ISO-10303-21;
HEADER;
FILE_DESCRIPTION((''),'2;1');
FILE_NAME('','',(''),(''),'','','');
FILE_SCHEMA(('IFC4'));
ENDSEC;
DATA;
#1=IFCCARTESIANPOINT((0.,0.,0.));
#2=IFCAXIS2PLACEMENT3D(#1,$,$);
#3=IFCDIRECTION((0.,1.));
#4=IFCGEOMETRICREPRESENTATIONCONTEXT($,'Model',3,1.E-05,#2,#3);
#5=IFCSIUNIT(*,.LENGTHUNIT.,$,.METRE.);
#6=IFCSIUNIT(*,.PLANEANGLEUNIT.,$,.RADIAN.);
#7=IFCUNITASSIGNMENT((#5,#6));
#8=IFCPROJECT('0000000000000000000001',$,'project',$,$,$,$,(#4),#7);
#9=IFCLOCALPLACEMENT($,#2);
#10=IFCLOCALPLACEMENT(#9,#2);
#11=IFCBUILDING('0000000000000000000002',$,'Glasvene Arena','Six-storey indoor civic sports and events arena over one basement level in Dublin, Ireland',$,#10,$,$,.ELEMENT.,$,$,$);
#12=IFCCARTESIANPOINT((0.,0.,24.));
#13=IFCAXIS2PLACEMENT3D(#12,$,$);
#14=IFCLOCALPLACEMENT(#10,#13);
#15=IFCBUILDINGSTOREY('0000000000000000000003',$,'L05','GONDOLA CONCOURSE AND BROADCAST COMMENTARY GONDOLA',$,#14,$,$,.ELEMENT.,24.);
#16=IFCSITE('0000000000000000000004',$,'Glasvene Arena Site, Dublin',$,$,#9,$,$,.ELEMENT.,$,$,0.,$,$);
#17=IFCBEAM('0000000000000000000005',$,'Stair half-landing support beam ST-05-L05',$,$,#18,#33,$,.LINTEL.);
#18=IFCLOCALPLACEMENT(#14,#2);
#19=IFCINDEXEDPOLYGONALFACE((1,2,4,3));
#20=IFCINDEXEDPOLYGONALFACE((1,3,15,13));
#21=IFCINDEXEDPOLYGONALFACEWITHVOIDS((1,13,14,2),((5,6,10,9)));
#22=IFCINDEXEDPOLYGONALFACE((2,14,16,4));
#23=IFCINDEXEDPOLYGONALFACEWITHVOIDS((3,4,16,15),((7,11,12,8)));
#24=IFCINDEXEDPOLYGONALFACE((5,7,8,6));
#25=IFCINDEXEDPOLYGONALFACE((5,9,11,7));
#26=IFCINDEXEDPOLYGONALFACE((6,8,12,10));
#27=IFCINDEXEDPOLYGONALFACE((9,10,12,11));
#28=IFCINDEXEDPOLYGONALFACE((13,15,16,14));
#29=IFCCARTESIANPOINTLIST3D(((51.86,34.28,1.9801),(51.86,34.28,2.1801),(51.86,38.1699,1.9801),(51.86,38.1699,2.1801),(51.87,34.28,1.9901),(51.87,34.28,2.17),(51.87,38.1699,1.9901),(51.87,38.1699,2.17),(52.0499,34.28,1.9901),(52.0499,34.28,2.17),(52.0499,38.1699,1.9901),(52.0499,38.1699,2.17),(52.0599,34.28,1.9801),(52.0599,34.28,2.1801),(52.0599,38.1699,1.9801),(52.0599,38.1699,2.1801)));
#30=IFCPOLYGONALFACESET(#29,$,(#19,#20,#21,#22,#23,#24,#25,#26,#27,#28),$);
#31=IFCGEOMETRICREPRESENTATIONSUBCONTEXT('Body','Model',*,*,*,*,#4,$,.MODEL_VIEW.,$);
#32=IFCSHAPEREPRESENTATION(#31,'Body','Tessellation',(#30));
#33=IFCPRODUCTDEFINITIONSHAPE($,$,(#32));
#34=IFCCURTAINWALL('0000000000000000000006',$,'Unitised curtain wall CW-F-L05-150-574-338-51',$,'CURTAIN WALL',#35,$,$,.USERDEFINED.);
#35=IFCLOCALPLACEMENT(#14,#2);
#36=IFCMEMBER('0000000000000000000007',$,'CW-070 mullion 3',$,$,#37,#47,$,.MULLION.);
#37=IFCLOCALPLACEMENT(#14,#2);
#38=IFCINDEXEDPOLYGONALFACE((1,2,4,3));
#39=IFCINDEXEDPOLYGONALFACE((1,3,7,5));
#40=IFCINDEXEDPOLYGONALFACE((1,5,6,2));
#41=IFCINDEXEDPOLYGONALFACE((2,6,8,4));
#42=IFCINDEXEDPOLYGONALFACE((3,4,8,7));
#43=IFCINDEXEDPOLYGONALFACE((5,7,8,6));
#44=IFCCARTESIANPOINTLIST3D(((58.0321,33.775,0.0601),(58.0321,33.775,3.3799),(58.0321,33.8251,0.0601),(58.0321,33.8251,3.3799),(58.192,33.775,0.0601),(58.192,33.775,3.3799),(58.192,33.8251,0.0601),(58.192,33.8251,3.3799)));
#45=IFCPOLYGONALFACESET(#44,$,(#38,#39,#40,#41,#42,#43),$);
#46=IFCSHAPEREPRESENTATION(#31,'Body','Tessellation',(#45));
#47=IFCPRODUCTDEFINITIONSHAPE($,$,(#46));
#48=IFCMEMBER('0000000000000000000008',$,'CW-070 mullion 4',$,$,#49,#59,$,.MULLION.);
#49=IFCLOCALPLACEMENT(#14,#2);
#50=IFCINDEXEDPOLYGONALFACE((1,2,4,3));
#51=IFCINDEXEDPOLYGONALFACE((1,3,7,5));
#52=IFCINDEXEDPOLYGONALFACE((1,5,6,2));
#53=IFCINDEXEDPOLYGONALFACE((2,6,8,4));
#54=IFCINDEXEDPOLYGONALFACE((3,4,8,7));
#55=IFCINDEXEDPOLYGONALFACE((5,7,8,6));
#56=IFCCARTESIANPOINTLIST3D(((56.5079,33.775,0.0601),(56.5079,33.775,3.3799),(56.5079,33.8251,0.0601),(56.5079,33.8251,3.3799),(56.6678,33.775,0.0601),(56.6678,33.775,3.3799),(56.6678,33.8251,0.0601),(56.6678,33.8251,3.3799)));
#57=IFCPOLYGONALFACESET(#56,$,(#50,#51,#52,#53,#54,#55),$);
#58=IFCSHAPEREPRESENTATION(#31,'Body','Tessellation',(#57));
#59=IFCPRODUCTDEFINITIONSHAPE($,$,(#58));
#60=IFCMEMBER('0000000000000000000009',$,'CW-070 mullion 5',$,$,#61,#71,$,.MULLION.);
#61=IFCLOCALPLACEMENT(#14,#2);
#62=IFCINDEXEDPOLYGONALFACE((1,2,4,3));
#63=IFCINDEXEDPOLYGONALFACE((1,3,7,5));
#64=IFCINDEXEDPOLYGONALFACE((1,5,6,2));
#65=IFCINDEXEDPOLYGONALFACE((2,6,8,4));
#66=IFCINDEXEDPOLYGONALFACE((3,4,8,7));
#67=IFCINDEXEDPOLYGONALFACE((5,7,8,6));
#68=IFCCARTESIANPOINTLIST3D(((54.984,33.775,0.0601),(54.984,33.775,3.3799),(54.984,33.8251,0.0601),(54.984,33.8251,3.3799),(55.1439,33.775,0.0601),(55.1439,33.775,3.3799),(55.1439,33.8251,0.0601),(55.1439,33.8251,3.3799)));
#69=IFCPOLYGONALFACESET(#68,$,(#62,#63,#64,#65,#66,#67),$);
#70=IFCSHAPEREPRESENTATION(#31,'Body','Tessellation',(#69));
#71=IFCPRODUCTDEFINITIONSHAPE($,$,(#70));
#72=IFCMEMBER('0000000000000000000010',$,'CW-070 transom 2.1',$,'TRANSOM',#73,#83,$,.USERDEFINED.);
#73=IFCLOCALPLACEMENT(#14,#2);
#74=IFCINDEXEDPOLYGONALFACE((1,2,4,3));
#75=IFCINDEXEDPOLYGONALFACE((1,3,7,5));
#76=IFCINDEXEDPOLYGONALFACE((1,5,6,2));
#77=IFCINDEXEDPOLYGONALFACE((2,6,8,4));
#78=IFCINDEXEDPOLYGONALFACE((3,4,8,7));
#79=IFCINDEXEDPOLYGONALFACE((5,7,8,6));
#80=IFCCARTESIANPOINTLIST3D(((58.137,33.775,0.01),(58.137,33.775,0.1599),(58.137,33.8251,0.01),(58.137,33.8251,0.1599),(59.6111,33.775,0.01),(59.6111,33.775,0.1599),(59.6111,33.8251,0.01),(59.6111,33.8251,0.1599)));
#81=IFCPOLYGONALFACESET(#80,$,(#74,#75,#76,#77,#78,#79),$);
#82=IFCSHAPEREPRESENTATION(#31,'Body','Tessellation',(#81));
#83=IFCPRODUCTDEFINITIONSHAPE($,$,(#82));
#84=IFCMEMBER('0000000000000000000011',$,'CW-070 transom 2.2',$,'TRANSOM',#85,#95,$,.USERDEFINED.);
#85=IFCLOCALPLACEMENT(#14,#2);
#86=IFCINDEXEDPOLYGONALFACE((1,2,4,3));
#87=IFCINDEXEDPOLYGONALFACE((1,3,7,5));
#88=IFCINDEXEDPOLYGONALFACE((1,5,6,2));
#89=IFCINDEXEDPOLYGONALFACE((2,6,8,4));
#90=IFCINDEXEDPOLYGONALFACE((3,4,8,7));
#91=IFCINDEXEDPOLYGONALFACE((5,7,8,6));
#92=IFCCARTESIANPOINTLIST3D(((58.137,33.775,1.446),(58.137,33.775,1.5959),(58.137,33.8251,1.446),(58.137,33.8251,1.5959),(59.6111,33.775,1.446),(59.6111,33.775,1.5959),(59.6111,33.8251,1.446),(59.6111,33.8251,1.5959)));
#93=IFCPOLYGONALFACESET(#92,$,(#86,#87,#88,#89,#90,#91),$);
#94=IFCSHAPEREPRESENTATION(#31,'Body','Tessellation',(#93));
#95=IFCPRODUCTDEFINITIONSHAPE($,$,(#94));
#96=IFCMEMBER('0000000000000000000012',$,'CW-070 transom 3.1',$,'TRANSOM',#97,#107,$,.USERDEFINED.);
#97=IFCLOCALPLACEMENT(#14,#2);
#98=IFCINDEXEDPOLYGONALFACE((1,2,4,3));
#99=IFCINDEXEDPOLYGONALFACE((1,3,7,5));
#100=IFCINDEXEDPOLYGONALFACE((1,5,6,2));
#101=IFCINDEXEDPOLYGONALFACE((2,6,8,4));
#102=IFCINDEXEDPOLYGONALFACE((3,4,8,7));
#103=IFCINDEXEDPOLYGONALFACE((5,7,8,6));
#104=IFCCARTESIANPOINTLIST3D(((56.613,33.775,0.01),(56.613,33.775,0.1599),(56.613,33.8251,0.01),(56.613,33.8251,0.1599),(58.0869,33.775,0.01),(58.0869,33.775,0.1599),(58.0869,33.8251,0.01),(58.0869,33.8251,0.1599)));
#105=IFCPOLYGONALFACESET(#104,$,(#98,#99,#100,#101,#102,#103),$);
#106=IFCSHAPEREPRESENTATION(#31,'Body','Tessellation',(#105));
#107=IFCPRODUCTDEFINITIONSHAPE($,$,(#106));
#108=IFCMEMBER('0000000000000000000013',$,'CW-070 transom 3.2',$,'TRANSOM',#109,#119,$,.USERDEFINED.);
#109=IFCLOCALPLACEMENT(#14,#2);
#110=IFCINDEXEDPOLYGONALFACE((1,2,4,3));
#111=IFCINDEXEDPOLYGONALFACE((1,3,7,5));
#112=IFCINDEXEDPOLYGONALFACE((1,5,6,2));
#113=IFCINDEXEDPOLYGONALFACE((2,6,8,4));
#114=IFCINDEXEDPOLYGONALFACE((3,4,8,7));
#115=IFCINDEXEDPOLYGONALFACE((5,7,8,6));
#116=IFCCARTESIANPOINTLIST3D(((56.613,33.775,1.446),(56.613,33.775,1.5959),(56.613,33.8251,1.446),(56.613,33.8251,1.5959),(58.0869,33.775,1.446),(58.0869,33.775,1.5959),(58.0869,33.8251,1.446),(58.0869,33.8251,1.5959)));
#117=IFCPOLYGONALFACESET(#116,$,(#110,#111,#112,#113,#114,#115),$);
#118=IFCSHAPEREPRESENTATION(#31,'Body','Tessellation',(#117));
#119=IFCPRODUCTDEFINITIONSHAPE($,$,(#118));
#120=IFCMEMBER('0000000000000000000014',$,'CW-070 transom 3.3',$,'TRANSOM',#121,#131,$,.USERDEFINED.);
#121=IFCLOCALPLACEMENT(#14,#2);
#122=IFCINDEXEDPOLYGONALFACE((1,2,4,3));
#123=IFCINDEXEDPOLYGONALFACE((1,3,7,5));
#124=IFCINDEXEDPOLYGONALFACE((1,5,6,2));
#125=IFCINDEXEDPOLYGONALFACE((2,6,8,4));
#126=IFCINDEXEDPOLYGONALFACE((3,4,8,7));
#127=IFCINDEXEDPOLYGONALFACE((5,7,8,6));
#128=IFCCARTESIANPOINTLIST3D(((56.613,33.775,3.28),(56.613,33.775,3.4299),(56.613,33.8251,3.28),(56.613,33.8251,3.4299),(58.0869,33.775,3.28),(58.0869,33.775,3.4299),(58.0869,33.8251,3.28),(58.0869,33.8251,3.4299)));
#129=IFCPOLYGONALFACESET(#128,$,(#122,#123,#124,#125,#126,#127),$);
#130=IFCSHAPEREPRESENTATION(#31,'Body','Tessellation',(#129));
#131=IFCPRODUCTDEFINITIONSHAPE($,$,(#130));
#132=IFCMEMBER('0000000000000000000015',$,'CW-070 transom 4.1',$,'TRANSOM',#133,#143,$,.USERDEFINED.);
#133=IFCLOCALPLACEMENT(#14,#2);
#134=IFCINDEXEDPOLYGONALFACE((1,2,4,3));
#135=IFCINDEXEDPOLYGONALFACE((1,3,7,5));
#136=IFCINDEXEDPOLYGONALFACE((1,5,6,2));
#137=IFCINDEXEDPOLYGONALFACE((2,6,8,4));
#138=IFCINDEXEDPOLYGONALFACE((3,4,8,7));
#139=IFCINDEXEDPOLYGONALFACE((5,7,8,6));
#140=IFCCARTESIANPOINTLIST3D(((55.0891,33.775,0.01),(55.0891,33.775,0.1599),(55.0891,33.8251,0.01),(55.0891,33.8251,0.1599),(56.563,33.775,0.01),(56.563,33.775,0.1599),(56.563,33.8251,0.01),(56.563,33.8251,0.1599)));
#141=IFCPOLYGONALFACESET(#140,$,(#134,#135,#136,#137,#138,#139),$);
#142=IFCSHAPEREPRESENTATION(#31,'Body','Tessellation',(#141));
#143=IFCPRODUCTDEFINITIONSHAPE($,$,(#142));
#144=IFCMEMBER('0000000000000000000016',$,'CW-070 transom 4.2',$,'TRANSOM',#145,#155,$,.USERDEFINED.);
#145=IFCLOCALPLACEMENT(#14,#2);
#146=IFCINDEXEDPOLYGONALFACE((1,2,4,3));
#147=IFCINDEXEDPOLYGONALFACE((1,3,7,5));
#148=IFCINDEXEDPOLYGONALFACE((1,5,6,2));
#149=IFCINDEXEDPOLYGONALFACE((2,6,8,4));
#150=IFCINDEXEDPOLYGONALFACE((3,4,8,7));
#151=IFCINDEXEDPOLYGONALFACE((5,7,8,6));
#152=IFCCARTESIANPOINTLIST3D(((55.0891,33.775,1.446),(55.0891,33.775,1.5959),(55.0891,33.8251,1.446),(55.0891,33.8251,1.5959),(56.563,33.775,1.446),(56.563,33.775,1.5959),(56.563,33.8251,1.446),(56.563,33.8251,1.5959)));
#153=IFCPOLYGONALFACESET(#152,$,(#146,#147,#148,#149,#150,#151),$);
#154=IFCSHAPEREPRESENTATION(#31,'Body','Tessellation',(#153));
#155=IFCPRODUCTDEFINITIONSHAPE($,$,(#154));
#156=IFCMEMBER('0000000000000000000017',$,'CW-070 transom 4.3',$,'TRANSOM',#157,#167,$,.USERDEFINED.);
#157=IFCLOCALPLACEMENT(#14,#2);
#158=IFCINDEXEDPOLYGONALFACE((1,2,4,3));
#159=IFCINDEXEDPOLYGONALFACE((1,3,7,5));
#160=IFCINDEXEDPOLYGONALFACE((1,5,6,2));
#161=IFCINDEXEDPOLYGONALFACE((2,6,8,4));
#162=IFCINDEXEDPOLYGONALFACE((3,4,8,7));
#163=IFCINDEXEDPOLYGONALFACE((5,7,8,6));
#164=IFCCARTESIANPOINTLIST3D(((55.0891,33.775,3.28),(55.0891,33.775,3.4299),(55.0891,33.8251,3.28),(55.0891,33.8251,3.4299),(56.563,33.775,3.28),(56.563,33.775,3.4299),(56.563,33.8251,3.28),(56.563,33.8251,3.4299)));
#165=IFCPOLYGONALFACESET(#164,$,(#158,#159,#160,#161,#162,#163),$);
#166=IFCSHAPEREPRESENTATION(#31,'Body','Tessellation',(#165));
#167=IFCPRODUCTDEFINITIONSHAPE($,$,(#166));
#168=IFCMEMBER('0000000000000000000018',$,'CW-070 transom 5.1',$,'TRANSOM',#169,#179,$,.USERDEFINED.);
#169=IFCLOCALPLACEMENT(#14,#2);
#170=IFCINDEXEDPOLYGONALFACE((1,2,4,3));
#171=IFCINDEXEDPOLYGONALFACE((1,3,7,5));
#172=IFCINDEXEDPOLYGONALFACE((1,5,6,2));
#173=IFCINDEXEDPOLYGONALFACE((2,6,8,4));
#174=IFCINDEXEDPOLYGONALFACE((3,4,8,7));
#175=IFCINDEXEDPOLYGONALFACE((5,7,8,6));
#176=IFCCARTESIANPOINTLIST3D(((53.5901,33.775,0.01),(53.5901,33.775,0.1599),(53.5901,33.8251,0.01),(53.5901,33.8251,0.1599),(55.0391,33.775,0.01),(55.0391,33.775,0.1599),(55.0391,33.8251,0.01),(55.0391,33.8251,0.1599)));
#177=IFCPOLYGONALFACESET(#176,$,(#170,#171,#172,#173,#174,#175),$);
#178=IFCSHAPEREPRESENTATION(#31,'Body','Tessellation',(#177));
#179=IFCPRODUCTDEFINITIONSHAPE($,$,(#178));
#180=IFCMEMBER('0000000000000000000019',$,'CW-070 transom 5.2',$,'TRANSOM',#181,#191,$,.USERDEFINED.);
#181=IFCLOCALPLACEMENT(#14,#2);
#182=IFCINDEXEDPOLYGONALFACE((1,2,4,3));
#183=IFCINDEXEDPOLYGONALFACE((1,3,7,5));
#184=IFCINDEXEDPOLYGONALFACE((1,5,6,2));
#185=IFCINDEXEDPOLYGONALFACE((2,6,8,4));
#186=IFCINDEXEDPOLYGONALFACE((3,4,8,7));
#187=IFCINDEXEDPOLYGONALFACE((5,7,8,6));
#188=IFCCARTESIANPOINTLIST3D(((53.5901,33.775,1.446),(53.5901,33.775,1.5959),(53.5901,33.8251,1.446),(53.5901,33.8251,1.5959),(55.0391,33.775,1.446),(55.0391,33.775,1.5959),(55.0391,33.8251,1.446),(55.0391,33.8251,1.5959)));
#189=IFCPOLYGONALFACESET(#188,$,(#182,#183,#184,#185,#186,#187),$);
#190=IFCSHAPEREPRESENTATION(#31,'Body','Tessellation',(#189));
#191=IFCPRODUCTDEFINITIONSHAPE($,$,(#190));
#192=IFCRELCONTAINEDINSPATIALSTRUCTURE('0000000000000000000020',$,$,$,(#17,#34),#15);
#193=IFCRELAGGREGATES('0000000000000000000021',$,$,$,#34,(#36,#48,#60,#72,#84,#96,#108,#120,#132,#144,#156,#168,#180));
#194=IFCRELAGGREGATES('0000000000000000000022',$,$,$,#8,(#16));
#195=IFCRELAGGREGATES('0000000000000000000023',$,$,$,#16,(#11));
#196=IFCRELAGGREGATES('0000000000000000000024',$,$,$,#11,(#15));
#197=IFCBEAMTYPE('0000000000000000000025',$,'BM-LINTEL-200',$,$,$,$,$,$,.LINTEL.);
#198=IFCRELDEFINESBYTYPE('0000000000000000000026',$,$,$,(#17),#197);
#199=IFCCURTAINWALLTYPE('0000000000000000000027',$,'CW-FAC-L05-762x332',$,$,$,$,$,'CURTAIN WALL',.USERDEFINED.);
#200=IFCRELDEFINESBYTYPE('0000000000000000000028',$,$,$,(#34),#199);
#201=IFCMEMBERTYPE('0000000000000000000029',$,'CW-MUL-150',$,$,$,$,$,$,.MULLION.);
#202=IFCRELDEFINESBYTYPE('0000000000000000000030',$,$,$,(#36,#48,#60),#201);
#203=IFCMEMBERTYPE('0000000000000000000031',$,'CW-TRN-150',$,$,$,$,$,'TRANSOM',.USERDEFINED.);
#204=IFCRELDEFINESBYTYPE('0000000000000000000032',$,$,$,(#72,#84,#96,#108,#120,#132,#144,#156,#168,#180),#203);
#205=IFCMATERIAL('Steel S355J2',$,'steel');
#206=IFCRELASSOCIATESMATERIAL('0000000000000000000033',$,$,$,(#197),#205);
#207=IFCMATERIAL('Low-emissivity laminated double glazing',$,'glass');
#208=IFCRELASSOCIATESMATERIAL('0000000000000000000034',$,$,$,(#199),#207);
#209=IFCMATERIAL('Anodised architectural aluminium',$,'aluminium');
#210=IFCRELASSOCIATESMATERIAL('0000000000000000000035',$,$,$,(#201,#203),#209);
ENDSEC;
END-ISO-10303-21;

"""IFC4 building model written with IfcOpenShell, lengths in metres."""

from ifc_helpers import new_model, si_unit, direction, frame, origin, origin_2d, place, context, subcontext, project, spatial, rectangle, hollow_rectangle, extrude, material, material_profile, profile_set, type_object, element, aggregate, save


model = new_model("IFC4")

# Units and contexts
model_context = context("Model", 3, precision=1e-05, world=origin(), true_north=direction((0.0, 1.0)))
body_context = subcontext(model_context, "Body", "Model", "MODEL_VIEW")
ifc_project = project(units=[si_unit("LENGTHUNIT", "METRE"), si_unit("PLANEANGLEUNIT", "RADIAN")], contexts=[model_context])

# Site, building, storey
site_placement = place(None, origin())
site = spatial("IfcSite", under=ifc_project, at=site_placement, Name="Glasvene Arena Site, Dublin", CompositionType="ELEMENT", RefElevation=0.0)
building_placement = place(site_placement, origin())
building = spatial("IfcBuilding", under=site, at=building_placement, Name="Glasvene Arena", Description="Six-storey indoor civic sports and events arena over one basement level in Dublin, Ireland", CompositionType="ELEMENT")
storey_placement = place(building_placement, frame((0.0, 0.0, 24.0)))
storey = spatial("IfcBuildingStorey", under=building, at=storey_placement, Name="L05", Description="GONDOLA CONCOURSE AND BROADCAST COMMENTARY GONDOLA", CompositionType="ELEMENT", Elevation=24.0)

# Beam
ifc_material_1 = material(Name="Steel S355J2", Category="steel")
ifc_material_profile_1 = material_profile(ifc_material_1, hollow_rectangle(XDim=0.2, YDim=0.2, WallThickness=0.01, at=origin_2d()), Name="SHS 200x200x10.0")
ifc_profile_set_1 = profile_set([ifc_material_profile_1], Name="Steel S355J2")
beam_type = type_object("IfcBeamType", Name="BM-LINTEL-200", PredefinedType="LINTEL", material=ifc_profile_set_1)
beam_placement = place(storey_placement, frame((51.96, 34.28, 2.0801), z_axis=(0.0, 1.0, 0.0), x_axis=(-1.0, 0.0, 0.0)))
element("IfcBeam", 1, at=beam_placement, inside=storey, type_object=beam_type, Name="Stair half-landing support beam ST-05-L05", PredefinedType="LINTEL", context=body_context, shape_type="SweptSolid", body=[
    extrude(hollow_rectangle(XDim=0.2, YDim=0.2, WallThickness=0.01, at=origin_2d()), origin(), (0.0, 0.0, 1.0), 3.8899),
])

# Curtain wall, members
ifc_material_2 = material(Name="Low-emissivity laminated double glazing", Category="glass")
curtain_wall_type = type_object("IfcCurtainWallType", Name="CW-FAC-L05-762x332", ElementType="CURTAIN WALL", PredefinedType="USERDEFINED", material=ifc_material_2)
curtain_wall_placement = place(storey_placement, frame((61.1599, 33.8, 0.0)))
curtain_wall = element("IfcCurtainWall", 2, at=curtain_wall_placement, inside=storey, type_object=curtain_wall_type, Name="Unitised curtain wall CW-F-L05-150-574-338-51", ObjectType="CURTAIN WALL", PredefinedType="USERDEFINED")
ifc_material_3 = material(Name="Anodised architectural aluminium", Category="aluminium")
ifc_material_profile_2 = material_profile(ifc_material_3, rectangle(XDim=0.05, YDim=0.1599, at=origin_2d()), Name="ALU MULLION 50x160")
ifc_profile_set_2 = profile_set([ifc_material_profile_2], Name="Anodised architectural aluminium")
member_type_1 = type_object("IfcMemberType", Name="CW-MUL-150", PredefinedType="MULLION", material=ifc_profile_set_2)
member_1_placement = place(storey_placement, frame((58.1121, 33.8, 0.0601), z_axis=(0.0, 0.0, 1.0), x_axis=(0.0, -1.0, 0.0)))
member_1 = element("IfcMember", 3, at=member_1_placement, type_object=member_type_1, Name="CW-070 mullion 3", PredefinedType="MULLION", context=body_context, shape_type="SweptSolid", body=[
    extrude(rectangle(XDim=0.05, YDim=0.1599, at=origin_2d()), origin(), (0.0, 0.0, 1.0), 3.3198),
])
member_2_placement = place(storey_placement, frame((56.5879, 33.8, 0.0601), z_axis=(0.0, 0.0, 1.0), x_axis=(0.0, -1.0, 0.0)))
member_2 = element("IfcMember", 4, at=member_2_placement, type_object=member_type_1, Name="CW-070 mullion 4", PredefinedType="MULLION", context=body_context, shape_type="SweptSolid", body=[
    extrude(rectangle(XDim=0.05, YDim=0.1599, at=origin_2d()), origin(), (0.0, 0.0, 1.0), 3.3198),
])
member_3_placement = place(storey_placement, frame((55.064, 33.8, 0.0601), z_axis=(0.0, 0.0, 1.0), x_axis=(0.0, -1.0, 0.0)))
member_3 = element("IfcMember", 5, at=member_3_placement, type_object=member_type_1, Name="CW-070 mullion 5", PredefinedType="MULLION", context=body_context, shape_type="SweptSolid", body=[
    extrude(rectangle(XDim=0.05, YDim=0.1599, at=origin_2d()), origin(), (0.0, 0.0, 1.0), 3.3198),
])
ifc_material_profile_3 = material_profile(ifc_material_3, rectangle(XDim=0.05, YDim=0.1499, at=origin_2d()), Name="ALU TRANSOM 50x150")
ifc_profile_set_3 = profile_set([ifc_material_profile_3], Name="Anodised architectural aluminium")
member_type_2 = type_object("IfcMemberType", Name="CW-TRN-150", ElementType="TRANSOM", PredefinedType="USERDEFINED", material=ifc_profile_set_3)
member_4_placement = place(storey_placement, frame((59.6111, 33.8, 0.085), z_axis=(-1.0, 0.0, 0.0), x_axis=(0.0, -1.0, 0.0)))
member_4 = element("IfcMember", 6, at=member_4_placement, type_object=member_type_2, Name="CW-070 transom 2.1", ObjectType="TRANSOM", PredefinedType="USERDEFINED", context=body_context, shape_type="SweptSolid", body=[
    extrude(rectangle(XDim=0.05, YDim=0.1499, at=origin_2d()), origin(), (0.0, 0.0, 1.0), 1.4741),
])
member_5_placement = place(storey_placement, frame((59.6111, 33.8, 1.521), z_axis=(-1.0, 0.0, 0.0), x_axis=(0.0, -1.0, 0.0)))
member_5 = element("IfcMember", 7, at=member_5_placement, type_object=member_type_2, Name="CW-070 transom 2.2", ObjectType="TRANSOM", PredefinedType="USERDEFINED", context=body_context, shape_type="SweptSolid", body=[
    extrude(rectangle(XDim=0.05, YDim=0.1499, at=origin_2d()), origin(), (0.0, 0.0, 1.0), 1.4741),
])
member_6_placement = place(storey_placement, frame((58.0869, 33.8, 0.085), z_axis=(-1.0, 0.0, 0.0), x_axis=(0.0, -1.0, 0.0)))
member_6 = element("IfcMember", 8, at=member_6_placement, type_object=member_type_2, Name="CW-070 transom 3.1", ObjectType="TRANSOM", PredefinedType="USERDEFINED", context=body_context, shape_type="SweptSolid", body=[
    extrude(rectangle(XDim=0.05, YDim=0.1499, at=origin_2d()), origin(), (0.0, 0.0, 1.0), 1.4739),
])
member_7_placement = place(storey_placement, frame((58.0869, 33.8, 1.521), z_axis=(-1.0, 0.0, 0.0), x_axis=(0.0, -1.0, 0.0)))
member_7 = element("IfcMember", 9, at=member_7_placement, type_object=member_type_2, Name="CW-070 transom 3.2", ObjectType="TRANSOM", PredefinedType="USERDEFINED", context=body_context, shape_type="SweptSolid", body=[
    extrude(rectangle(XDim=0.05, YDim=0.1499, at=origin_2d()), origin(), (0.0, 0.0, 1.0), 1.4739),
])
member_8_placement = place(storey_placement, frame((58.0869, 33.8, 3.355), z_axis=(-1.0, 0.0, 0.0), x_axis=(0.0, -1.0, 0.0)))
member_8 = element("IfcMember", 10, at=member_8_placement, type_object=member_type_2, Name="CW-070 transom 3.3", ObjectType="TRANSOM", PredefinedType="USERDEFINED", context=body_context, shape_type="SweptSolid", body=[
    extrude(rectangle(XDim=0.05, YDim=0.1499, at=origin_2d()), origin(), (0.0, 0.0, 1.0), 1.4739),
])
member_9_placement = place(storey_placement, frame((56.563, 33.8, 0.085), z_axis=(-1.0, 0.0, 0.0), x_axis=(0.0, -1.0, 0.0)))
member_9 = element("IfcMember", 11, at=member_9_placement, type_object=member_type_2, Name="CW-070 transom 4.1", ObjectType="TRANSOM", PredefinedType="USERDEFINED", context=body_context, shape_type="SweptSolid", body=[
    extrude(rectangle(XDim=0.05, YDim=0.1499, at=origin_2d()), origin(), (0.0, 0.0, 1.0), 1.4739),
])
member_10_placement = place(storey_placement, frame((56.563, 33.8, 1.521), z_axis=(-1.0, 0.0, 0.0), x_axis=(0.0, -1.0, 0.0)))
member_10 = element("IfcMember", 12, at=member_10_placement, type_object=member_type_2, Name="CW-070 transom 4.2", ObjectType="TRANSOM", PredefinedType="USERDEFINED", context=body_context, shape_type="SweptSolid", body=[
    extrude(rectangle(XDim=0.05, YDim=0.1499, at=origin_2d()), origin(), (0.0, 0.0, 1.0), 1.4739),
])
member_11_placement = place(storey_placement, frame((56.563, 33.8, 3.355), z_axis=(-1.0, 0.0, 0.0), x_axis=(0.0, -1.0, 0.0)))
member_11 = element("IfcMember", 13, at=member_11_placement, type_object=member_type_2, Name="CW-070 transom 4.3", ObjectType="TRANSOM", PredefinedType="USERDEFINED", context=body_context, shape_type="SweptSolid", body=[
    extrude(rectangle(XDim=0.05, YDim=0.1499, at=origin_2d()), origin(), (0.0, 0.0, 1.0), 1.4739),
])
member_12_placement = place(storey_placement, frame((55.0391, 33.8, 0.085), z_axis=(-1.0, 0.0, 0.0), x_axis=(0.0, -1.0, 0.0)))
member_12 = element("IfcMember", 14, at=member_12_placement, type_object=member_type_2, Name="CW-070 transom 5.1", ObjectType="TRANSOM", PredefinedType="USERDEFINED", context=body_context, shape_type="SweptSolid", body=[
    extrude(rectangle(XDim=0.05, YDim=0.1499, at=origin_2d()), origin(), (0.0, 0.0, 1.0), 1.449),
])
member_13_placement = place(storey_placement, frame((55.0391, 33.8, 1.521), z_axis=(-1.0, 0.0, 0.0), x_axis=(0.0, -1.0, 0.0)))
member_13 = element("IfcMember", 15, at=member_13_placement, type_object=member_type_2, Name="CW-070 transom 5.2", ObjectType="TRANSOM", PredefinedType="USERDEFINED", context=body_context, shape_type="SweptSolid", body=[
    extrude(rectangle(XDim=0.05, YDim=0.1499, at=origin_2d()), origin(), (0.0, 0.0, 1.0), 1.449),
])
aggregate(curtain_wall, [member_1, member_2, member_3, member_4, member_5, member_6, member_7, member_8, member_9, member_10, member_11, member_12, member_13])

save(model, "model.ifc")
